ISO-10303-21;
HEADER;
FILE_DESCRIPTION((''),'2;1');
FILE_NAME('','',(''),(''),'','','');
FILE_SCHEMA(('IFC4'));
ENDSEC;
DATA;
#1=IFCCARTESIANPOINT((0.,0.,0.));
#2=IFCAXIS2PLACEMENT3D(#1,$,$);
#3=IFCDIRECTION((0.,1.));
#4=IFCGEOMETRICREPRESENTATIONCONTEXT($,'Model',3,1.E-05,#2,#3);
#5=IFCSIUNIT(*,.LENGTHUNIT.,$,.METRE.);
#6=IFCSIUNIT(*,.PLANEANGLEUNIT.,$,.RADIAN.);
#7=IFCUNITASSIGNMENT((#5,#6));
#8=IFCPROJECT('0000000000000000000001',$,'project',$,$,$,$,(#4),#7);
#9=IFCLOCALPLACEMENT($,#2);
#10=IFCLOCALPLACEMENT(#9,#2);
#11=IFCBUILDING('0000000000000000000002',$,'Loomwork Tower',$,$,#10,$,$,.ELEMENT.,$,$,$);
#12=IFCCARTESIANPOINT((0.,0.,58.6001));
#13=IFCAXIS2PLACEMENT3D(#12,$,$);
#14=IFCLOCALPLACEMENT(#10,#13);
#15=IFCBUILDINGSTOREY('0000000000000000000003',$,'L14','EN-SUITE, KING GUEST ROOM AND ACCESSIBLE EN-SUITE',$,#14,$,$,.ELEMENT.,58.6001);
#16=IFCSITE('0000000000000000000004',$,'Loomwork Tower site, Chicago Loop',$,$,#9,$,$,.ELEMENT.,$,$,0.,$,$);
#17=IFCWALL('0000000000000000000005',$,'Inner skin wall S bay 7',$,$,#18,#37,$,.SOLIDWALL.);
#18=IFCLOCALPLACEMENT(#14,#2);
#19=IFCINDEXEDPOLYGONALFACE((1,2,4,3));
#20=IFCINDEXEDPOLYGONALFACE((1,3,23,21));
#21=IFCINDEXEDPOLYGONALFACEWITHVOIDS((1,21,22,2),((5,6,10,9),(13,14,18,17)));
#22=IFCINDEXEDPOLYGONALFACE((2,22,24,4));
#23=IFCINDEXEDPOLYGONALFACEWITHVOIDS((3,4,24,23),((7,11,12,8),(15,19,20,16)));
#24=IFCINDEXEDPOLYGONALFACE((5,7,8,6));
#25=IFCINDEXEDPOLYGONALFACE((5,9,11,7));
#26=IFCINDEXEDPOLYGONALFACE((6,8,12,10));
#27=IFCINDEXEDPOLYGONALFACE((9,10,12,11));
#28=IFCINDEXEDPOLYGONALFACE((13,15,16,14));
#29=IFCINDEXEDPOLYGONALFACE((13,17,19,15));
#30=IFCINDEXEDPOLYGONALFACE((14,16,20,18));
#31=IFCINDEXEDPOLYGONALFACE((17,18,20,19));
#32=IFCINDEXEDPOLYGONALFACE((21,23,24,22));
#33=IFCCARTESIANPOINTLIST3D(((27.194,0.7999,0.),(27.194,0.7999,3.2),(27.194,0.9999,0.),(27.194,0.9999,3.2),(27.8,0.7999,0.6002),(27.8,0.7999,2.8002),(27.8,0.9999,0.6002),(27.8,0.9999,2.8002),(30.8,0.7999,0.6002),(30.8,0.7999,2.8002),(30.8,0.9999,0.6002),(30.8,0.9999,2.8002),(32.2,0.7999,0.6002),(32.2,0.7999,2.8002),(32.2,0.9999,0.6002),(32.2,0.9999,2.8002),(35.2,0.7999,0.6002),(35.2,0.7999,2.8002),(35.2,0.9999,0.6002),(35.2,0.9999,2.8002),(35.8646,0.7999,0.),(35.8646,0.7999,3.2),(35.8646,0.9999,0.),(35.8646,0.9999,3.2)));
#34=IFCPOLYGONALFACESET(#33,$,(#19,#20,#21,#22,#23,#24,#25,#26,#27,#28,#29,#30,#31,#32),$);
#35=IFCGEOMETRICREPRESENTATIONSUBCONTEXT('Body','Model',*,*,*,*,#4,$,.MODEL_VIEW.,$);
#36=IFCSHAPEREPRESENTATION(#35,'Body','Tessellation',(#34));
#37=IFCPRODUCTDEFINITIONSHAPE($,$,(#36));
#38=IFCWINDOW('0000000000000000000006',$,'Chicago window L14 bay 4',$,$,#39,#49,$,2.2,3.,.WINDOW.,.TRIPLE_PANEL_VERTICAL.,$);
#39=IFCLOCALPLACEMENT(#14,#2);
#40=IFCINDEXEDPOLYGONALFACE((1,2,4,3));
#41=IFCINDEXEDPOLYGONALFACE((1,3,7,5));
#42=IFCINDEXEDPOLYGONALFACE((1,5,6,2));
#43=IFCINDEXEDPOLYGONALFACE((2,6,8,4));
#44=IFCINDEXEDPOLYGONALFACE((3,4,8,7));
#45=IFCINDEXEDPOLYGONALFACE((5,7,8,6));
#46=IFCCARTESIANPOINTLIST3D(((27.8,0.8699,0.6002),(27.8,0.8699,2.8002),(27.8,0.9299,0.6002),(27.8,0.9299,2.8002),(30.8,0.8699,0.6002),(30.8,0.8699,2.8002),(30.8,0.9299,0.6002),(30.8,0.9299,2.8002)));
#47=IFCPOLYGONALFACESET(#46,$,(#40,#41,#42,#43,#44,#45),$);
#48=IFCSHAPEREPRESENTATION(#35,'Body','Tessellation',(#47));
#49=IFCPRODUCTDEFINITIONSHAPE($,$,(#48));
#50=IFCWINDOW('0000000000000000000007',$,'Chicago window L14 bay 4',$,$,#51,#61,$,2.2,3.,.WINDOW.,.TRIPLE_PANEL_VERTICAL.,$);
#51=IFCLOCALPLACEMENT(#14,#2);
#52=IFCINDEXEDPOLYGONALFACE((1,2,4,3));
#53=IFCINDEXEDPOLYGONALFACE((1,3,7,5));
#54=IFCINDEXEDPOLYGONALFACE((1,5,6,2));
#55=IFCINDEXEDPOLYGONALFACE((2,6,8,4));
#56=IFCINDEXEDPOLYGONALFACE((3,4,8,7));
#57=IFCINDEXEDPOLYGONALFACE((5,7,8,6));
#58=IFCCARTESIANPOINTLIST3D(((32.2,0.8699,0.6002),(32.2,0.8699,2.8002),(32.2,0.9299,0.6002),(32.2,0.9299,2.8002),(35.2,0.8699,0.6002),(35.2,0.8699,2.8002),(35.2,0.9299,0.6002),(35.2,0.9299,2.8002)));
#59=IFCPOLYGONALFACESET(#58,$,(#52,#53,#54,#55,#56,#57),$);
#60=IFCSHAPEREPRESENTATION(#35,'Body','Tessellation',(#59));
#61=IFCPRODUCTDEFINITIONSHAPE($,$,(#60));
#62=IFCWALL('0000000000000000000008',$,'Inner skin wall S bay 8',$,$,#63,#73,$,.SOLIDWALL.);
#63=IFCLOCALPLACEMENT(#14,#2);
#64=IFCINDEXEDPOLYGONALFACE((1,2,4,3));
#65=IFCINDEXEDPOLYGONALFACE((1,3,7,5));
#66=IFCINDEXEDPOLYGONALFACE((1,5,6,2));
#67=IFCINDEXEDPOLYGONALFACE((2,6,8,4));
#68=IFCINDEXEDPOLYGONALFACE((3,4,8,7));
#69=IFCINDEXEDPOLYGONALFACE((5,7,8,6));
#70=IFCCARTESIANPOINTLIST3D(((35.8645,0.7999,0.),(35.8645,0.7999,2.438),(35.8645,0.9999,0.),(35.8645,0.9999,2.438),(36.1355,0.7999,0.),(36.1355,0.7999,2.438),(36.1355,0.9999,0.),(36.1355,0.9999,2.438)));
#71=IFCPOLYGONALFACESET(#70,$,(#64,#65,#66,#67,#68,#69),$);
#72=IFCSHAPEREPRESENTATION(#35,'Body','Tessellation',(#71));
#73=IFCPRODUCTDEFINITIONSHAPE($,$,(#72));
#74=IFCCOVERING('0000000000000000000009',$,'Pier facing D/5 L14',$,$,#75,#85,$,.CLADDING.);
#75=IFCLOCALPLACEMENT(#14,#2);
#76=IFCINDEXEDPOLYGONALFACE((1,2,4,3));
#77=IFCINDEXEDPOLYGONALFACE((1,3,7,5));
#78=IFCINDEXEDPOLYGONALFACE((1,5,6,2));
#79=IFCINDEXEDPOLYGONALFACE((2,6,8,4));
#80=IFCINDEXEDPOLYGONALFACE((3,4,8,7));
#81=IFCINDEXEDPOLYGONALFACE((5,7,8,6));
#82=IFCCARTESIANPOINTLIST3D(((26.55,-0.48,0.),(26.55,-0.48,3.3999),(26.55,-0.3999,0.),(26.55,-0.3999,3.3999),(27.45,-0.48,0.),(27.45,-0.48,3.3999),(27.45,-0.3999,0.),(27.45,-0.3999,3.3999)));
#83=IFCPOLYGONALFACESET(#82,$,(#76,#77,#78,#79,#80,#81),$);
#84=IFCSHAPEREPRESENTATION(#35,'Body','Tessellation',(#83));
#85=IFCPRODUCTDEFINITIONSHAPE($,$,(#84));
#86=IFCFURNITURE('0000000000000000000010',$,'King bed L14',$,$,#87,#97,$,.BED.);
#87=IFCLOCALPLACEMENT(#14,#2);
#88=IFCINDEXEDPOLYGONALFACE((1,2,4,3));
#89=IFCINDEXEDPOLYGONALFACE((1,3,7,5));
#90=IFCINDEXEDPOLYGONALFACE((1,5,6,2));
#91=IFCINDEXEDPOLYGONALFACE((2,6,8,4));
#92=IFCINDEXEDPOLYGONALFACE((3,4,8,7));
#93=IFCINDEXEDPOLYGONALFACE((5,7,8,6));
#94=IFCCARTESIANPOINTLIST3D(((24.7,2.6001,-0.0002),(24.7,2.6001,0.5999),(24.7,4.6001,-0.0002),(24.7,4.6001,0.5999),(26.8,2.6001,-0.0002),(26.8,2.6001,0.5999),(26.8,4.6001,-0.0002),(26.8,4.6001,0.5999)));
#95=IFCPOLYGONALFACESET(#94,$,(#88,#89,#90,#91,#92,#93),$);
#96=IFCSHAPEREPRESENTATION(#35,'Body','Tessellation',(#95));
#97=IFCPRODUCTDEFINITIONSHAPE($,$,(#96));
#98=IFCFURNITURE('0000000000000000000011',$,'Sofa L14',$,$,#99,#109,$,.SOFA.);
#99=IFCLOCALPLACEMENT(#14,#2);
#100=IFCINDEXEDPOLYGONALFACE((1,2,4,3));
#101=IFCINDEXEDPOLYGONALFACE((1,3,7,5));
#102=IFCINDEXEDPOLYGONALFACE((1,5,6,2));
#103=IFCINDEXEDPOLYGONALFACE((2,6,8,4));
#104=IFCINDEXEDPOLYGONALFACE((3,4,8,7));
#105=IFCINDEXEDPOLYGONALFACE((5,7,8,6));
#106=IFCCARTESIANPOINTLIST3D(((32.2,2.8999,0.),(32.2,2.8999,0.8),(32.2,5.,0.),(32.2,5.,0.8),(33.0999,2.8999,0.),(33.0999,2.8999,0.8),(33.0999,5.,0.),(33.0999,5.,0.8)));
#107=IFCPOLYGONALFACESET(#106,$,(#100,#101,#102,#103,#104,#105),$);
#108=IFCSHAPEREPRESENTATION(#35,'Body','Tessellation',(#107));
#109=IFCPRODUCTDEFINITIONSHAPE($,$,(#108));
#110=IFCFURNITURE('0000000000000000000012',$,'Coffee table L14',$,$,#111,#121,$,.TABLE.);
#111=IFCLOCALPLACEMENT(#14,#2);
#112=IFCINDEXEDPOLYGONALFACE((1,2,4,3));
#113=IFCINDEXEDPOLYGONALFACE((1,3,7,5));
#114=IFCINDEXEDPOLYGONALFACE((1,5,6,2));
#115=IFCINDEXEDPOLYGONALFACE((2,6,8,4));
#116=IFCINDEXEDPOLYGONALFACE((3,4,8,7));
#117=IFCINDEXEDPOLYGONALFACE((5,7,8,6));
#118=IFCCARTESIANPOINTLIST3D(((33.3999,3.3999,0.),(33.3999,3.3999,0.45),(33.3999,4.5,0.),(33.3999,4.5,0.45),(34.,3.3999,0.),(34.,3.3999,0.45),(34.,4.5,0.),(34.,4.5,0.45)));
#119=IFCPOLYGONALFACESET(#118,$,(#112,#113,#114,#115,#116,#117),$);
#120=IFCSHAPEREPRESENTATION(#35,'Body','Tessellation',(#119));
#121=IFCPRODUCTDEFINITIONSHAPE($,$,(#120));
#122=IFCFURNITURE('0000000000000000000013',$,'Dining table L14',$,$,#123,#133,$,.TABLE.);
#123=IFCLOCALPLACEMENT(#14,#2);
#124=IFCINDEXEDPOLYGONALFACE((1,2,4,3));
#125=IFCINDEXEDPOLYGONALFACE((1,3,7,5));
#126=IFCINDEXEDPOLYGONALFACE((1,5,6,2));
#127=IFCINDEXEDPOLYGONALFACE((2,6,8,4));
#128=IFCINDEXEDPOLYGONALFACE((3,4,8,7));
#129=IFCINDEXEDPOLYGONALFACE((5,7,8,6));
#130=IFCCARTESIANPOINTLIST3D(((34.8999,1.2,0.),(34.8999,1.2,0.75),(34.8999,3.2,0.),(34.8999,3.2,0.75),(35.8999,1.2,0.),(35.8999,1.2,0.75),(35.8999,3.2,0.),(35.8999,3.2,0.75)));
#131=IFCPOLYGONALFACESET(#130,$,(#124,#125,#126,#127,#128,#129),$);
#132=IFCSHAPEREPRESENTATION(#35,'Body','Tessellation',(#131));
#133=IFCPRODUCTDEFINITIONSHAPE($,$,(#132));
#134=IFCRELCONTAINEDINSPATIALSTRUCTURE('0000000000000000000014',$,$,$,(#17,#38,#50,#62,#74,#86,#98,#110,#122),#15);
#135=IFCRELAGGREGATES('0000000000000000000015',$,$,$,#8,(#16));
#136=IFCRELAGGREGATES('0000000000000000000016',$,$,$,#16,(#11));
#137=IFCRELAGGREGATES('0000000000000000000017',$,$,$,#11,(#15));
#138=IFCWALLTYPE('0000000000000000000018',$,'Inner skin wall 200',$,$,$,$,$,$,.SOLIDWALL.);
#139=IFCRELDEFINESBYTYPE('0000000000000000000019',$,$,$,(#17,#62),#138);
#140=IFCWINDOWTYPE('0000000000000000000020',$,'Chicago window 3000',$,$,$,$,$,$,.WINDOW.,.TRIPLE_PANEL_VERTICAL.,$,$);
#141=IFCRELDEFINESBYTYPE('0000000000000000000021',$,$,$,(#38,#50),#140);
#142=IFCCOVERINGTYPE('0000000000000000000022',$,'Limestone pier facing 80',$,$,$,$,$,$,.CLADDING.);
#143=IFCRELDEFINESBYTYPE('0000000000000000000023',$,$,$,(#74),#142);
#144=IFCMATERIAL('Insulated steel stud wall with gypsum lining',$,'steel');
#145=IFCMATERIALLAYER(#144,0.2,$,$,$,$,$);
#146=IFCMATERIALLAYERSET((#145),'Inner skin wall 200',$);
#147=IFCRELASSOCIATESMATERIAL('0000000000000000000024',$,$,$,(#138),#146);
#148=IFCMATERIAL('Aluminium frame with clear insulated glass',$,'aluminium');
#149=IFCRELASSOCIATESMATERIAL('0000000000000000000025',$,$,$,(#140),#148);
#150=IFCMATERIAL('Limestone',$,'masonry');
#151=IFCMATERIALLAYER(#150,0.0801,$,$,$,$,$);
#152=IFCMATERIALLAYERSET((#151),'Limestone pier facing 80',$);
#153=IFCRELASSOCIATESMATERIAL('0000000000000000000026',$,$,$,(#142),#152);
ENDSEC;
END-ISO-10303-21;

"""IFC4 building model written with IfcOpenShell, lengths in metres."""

from ifc_helpers import new_model, si_unit, direction, frame, frame_2d, origin, origin_2d, place, context, subcontext, project, spatial, rectangle, extrude, material, layer, layer_set, type_object, element, fill, save


model = new_model("IFC4")

# Units and contexts
model_context = context("Model", 3, precision=1e-05, world=origin(), true_north=direction((0.0, 1.0)))
body_context = subcontext(model_context, "Body", "Model", "MODEL_VIEW")
ifc_project = project(units=[si_unit("LENGTHUNIT", "METRE"), si_unit("PLANEANGLEUNIT", "RADIAN")], contexts=[model_context])

# Site, building, storey
site_placement = place(None, origin())
site = spatial("IfcSite", under=ifc_project, at=site_placement, Name="Loomwork Tower site, Chicago Loop", CompositionType="ELEMENT", RefElevation=0.0)
building_placement = place(site_placement, origin())
building = spatial("IfcBuilding", under=site, at=building_placement, Name="Loomwork Tower", CompositionType="ELEMENT")
storey_placement = place(building_placement, frame((0.0, 0.0, 58.6001)))
storey = spatial("IfcBuildingStorey", under=building, at=storey_placement, Name="L14", Description="EN-SUITE, KING GUEST ROOM AND ACCESSIBLE EN-SUITE", CompositionType="ELEMENT", Elevation=58.6001)

# Shared definitions
ifc_material_1 = material(Name="Insulated steel stud wall with gypsum lining", Category="steel")
ifc_layer_1 = layer(ifc_material_1, 0.2)
ifc_layer_set_1 = layer_set([ifc_layer_1], Name="Inner skin wall 200")
wall_type = type_object("IfcWallType", Name="Inner skin wall 200", PredefinedType="SOLIDWALL", material=ifc_layer_set_1)

# Wall, openings, windows
wall_1_placement = place(storey_placement, frame((27.1938, 0.8999, 0.0), z_axis=(0.0, 0.0, 1.0), x_axis=(1.0, 0.0, 0.0)))
wall_1 = element("IfcWall", 1, at=wall_1_placement, inside=storey, type_object=wall_type, Name="Inner skin wall S bay 7", PredefinedType="SOLIDWALL", context=body_context, shape_type="SweptSolid", body=[
    extrude(rectangle(XDim=8.6707, YDim=0.2, at=frame_2d((4.3354, 0.0))), origin(), (0.0, 0.0, 1.0), 3.2),
])
opening_1_placement = place(wall_1_placement, frame((0.6062, 0.0, 0.6001)))
opening_1 = element("IfcOpeningElement", 2, at=opening_1_placement, cuts=wall_1, PredefinedType="OPENING", context=body_context, shape_type="SweptSolid", body=[
    extrude(rectangle(XDim=3.0, YDim=2.2, at=frame_2d((1.5, 1.1001))), frame((0.0, 0.1099, 0.0), z_axis=(0.0, -1.0, 0.0), x_axis=(1.0, 0.0, 0.0)), (0.0, 0.0, 1.0), 0.22),
])
opening_2_placement = place(wall_1_placement, frame((5.0061, 0.0, 0.6001)))
opening_2 = element("IfcOpeningElement", 3, at=opening_2_placement, cuts=wall_1, PredefinedType="OPENING", context=body_context, shape_type="SweptSolid", body=[
    extrude(rectangle(XDim=3.0, YDim=2.2, at=frame_2d((1.5, 1.1001))), frame((0.0, 0.1099, 0.0), z_axis=(0.0, -1.0, 0.0), x_axis=(1.0, 0.0, 0.0)), (0.0, 0.0, 1.0), 0.22),
])
ifc_material_2 = material(Name="Aluminium frame with clear insulated glass", Category="aluminium")
window_type = type_object("IfcWindowType", Name="Chicago window 3000", PartitioningType="TRIPLE_PANEL_VERTICAL", PredefinedType="WINDOW", material=ifc_material_2)
window_1_placement = place(opening_1_placement, origin())
window_1 = element("IfcWindow", 4, at=window_1_placement, inside=storey, type_object=window_type, Name="Chicago window L14 bay 4", OverallHeight=2.2, OverallWidth=3.0, PartitioningType="TRIPLE_PANEL_VERTICAL", PredefinedType="WINDOW", context=body_context, shape_type="SweptSolid", body=[
    extrude(rectangle(XDim=3.0, YDim=2.2, at=frame_2d((1.5, 1.1001))), frame((0.0, 0.03, 0.0), z_axis=(0.0, -1.0, 0.0), x_axis=(1.0, 0.0, 0.0)), (0.0, 0.0, 1.0), 0.0601),
])
fill(opening_1, window_1)
window_2_placement = place(opening_2_placement, origin())
window_2 = element("IfcWindow", 5, at=window_2_placement, inside=storey, type_object=window_type, Name="Chicago window L14 bay 4", OverallHeight=2.2, OverallWidth=3.0, PartitioningType="TRIPLE_PANEL_VERTICAL", PredefinedType="WINDOW", context=body_context, shape_type="SweptSolid", body=[
    extrude(rectangle(XDim=3.0, YDim=2.2, at=frame_2d((1.5, 1.1001))), frame((0.0, 0.03, 0.0), z_axis=(0.0, -1.0, 0.0), x_axis=(1.0, 0.0, 0.0)), (0.0, 0.0, 1.0), 0.0601),
])
fill(opening_2, window_2)

# Wall
wall_2_placement = place(storey_placement, frame((35.8645, 0.8999, 0.0), z_axis=(0.0, 0.0, 1.0), x_axis=(1.0, 0.0, 0.0)))
element("IfcWall", 6, at=wall_2_placement, inside=storey, type_object=wall_type, Name="Inner skin wall S bay 8", PredefinedType="SOLIDWALL", context=body_context, shape_type="SweptSolid", body=[
    extrude(rectangle(XDim=0.271, YDim=0.2, at=frame_2d((0.1355, 0.0))), origin(), (0.0, 0.0, 1.0), 2.438),
])

# Covering
ifc_material_3 = material(Name="Limestone", Category="masonry")
ifc_layer_2 = layer(ifc_material_3, 0.0801)
ifc_layer_set_2 = layer_set([ifc_layer_2], Name="Limestone pier facing 80")
covering_type = type_object("IfcCoveringType", Name="Limestone pier facing 80", PredefinedType="CLADDING", material=ifc_layer_set_2)
covering_placement = place(storey_placement, frame((27.0, -0.4399, 0.0), z_axis=(0.0, 0.0, 1.0), x_axis=(1.0, 0.0, 0.0)))
element("IfcCovering", 7, at=covering_placement, inside=storey, type_object=covering_type, Name="Pier facing D/5 L14", PredefinedType="CLADDING", context=body_context, shape_type="SweptSolid", body=[
    extrude(rectangle(XDim=0.8999, YDim=0.0801, at=origin_2d()), origin(), (0.0, 0.0, 1.0), 3.3999),
])

# Furniture
furniture_1_placement = place(storey_placement, frame((25.75, 3.6001, -0.0002), z_axis=(0.0, 0.0, 1.0), x_axis=(1.0, 0.0, 0.0)))
element("IfcFurniture", 8, at=furniture_1_placement, inside=storey, Name="King bed L14", PredefinedType="BED", context=body_context, shape_type="SweptSolid", body=[
    extrude(rectangle(XDim=2.1001, YDim=2.0, at=origin_2d()), origin(), (0.0, 0.0, 1.0), 0.6001),
])
furniture_2_placement = place(storey_placement, frame((32.6499, 3.95, 0.0), z_axis=(0.0, 0.0, 1.0), x_axis=(1.0, 0.0, 0.0)))
element("IfcFurniture", 9, at=furniture_2_placement, inside=storey, Name="Sofa L14", PredefinedType="SOFA", context=body_context, shape_type="SweptSolid", body=[
    extrude(rectangle(XDim=0.8999, YDim=2.1001, at=origin_2d()), origin(), (0.0, 0.0, 1.0), 0.8),
])
furniture_3_placement = place(storey_placement, frame((33.7, 3.95, 0.0), z_axis=(0.0, 0.0, 1.0), x_axis=(1.0, 0.0, 0.0)))
element("IfcFurniture", 10, at=furniture_3_placement, inside=storey, Name="Coffee table L14", PredefinedType="TABLE", context=body_context, shape_type="SweptSolid", body=[
    extrude(rectangle(XDim=0.6001, YDim=1.1001, at=origin_2d()), origin(), (0.0, 0.0, 1.0), 0.45),
])
furniture_4_placement = place(storey_placement, frame((35.3999, 2.2, 0.0), z_axis=(0.0, 0.0, 1.0), x_axis=(1.0, 0.0, 0.0)))
element("IfcFurniture", 11, at=furniture_4_placement, inside=storey, Name="Dining table L14", PredefinedType="TABLE", context=body_context, shape_type="SweptSolid", body=[
    extrude(rectangle(XDim=1.0, YDim=2.0, at=origin_2d()), origin(), (0.0, 0.0, 1.0), 0.75),
])

save(model, "model.ifc")
